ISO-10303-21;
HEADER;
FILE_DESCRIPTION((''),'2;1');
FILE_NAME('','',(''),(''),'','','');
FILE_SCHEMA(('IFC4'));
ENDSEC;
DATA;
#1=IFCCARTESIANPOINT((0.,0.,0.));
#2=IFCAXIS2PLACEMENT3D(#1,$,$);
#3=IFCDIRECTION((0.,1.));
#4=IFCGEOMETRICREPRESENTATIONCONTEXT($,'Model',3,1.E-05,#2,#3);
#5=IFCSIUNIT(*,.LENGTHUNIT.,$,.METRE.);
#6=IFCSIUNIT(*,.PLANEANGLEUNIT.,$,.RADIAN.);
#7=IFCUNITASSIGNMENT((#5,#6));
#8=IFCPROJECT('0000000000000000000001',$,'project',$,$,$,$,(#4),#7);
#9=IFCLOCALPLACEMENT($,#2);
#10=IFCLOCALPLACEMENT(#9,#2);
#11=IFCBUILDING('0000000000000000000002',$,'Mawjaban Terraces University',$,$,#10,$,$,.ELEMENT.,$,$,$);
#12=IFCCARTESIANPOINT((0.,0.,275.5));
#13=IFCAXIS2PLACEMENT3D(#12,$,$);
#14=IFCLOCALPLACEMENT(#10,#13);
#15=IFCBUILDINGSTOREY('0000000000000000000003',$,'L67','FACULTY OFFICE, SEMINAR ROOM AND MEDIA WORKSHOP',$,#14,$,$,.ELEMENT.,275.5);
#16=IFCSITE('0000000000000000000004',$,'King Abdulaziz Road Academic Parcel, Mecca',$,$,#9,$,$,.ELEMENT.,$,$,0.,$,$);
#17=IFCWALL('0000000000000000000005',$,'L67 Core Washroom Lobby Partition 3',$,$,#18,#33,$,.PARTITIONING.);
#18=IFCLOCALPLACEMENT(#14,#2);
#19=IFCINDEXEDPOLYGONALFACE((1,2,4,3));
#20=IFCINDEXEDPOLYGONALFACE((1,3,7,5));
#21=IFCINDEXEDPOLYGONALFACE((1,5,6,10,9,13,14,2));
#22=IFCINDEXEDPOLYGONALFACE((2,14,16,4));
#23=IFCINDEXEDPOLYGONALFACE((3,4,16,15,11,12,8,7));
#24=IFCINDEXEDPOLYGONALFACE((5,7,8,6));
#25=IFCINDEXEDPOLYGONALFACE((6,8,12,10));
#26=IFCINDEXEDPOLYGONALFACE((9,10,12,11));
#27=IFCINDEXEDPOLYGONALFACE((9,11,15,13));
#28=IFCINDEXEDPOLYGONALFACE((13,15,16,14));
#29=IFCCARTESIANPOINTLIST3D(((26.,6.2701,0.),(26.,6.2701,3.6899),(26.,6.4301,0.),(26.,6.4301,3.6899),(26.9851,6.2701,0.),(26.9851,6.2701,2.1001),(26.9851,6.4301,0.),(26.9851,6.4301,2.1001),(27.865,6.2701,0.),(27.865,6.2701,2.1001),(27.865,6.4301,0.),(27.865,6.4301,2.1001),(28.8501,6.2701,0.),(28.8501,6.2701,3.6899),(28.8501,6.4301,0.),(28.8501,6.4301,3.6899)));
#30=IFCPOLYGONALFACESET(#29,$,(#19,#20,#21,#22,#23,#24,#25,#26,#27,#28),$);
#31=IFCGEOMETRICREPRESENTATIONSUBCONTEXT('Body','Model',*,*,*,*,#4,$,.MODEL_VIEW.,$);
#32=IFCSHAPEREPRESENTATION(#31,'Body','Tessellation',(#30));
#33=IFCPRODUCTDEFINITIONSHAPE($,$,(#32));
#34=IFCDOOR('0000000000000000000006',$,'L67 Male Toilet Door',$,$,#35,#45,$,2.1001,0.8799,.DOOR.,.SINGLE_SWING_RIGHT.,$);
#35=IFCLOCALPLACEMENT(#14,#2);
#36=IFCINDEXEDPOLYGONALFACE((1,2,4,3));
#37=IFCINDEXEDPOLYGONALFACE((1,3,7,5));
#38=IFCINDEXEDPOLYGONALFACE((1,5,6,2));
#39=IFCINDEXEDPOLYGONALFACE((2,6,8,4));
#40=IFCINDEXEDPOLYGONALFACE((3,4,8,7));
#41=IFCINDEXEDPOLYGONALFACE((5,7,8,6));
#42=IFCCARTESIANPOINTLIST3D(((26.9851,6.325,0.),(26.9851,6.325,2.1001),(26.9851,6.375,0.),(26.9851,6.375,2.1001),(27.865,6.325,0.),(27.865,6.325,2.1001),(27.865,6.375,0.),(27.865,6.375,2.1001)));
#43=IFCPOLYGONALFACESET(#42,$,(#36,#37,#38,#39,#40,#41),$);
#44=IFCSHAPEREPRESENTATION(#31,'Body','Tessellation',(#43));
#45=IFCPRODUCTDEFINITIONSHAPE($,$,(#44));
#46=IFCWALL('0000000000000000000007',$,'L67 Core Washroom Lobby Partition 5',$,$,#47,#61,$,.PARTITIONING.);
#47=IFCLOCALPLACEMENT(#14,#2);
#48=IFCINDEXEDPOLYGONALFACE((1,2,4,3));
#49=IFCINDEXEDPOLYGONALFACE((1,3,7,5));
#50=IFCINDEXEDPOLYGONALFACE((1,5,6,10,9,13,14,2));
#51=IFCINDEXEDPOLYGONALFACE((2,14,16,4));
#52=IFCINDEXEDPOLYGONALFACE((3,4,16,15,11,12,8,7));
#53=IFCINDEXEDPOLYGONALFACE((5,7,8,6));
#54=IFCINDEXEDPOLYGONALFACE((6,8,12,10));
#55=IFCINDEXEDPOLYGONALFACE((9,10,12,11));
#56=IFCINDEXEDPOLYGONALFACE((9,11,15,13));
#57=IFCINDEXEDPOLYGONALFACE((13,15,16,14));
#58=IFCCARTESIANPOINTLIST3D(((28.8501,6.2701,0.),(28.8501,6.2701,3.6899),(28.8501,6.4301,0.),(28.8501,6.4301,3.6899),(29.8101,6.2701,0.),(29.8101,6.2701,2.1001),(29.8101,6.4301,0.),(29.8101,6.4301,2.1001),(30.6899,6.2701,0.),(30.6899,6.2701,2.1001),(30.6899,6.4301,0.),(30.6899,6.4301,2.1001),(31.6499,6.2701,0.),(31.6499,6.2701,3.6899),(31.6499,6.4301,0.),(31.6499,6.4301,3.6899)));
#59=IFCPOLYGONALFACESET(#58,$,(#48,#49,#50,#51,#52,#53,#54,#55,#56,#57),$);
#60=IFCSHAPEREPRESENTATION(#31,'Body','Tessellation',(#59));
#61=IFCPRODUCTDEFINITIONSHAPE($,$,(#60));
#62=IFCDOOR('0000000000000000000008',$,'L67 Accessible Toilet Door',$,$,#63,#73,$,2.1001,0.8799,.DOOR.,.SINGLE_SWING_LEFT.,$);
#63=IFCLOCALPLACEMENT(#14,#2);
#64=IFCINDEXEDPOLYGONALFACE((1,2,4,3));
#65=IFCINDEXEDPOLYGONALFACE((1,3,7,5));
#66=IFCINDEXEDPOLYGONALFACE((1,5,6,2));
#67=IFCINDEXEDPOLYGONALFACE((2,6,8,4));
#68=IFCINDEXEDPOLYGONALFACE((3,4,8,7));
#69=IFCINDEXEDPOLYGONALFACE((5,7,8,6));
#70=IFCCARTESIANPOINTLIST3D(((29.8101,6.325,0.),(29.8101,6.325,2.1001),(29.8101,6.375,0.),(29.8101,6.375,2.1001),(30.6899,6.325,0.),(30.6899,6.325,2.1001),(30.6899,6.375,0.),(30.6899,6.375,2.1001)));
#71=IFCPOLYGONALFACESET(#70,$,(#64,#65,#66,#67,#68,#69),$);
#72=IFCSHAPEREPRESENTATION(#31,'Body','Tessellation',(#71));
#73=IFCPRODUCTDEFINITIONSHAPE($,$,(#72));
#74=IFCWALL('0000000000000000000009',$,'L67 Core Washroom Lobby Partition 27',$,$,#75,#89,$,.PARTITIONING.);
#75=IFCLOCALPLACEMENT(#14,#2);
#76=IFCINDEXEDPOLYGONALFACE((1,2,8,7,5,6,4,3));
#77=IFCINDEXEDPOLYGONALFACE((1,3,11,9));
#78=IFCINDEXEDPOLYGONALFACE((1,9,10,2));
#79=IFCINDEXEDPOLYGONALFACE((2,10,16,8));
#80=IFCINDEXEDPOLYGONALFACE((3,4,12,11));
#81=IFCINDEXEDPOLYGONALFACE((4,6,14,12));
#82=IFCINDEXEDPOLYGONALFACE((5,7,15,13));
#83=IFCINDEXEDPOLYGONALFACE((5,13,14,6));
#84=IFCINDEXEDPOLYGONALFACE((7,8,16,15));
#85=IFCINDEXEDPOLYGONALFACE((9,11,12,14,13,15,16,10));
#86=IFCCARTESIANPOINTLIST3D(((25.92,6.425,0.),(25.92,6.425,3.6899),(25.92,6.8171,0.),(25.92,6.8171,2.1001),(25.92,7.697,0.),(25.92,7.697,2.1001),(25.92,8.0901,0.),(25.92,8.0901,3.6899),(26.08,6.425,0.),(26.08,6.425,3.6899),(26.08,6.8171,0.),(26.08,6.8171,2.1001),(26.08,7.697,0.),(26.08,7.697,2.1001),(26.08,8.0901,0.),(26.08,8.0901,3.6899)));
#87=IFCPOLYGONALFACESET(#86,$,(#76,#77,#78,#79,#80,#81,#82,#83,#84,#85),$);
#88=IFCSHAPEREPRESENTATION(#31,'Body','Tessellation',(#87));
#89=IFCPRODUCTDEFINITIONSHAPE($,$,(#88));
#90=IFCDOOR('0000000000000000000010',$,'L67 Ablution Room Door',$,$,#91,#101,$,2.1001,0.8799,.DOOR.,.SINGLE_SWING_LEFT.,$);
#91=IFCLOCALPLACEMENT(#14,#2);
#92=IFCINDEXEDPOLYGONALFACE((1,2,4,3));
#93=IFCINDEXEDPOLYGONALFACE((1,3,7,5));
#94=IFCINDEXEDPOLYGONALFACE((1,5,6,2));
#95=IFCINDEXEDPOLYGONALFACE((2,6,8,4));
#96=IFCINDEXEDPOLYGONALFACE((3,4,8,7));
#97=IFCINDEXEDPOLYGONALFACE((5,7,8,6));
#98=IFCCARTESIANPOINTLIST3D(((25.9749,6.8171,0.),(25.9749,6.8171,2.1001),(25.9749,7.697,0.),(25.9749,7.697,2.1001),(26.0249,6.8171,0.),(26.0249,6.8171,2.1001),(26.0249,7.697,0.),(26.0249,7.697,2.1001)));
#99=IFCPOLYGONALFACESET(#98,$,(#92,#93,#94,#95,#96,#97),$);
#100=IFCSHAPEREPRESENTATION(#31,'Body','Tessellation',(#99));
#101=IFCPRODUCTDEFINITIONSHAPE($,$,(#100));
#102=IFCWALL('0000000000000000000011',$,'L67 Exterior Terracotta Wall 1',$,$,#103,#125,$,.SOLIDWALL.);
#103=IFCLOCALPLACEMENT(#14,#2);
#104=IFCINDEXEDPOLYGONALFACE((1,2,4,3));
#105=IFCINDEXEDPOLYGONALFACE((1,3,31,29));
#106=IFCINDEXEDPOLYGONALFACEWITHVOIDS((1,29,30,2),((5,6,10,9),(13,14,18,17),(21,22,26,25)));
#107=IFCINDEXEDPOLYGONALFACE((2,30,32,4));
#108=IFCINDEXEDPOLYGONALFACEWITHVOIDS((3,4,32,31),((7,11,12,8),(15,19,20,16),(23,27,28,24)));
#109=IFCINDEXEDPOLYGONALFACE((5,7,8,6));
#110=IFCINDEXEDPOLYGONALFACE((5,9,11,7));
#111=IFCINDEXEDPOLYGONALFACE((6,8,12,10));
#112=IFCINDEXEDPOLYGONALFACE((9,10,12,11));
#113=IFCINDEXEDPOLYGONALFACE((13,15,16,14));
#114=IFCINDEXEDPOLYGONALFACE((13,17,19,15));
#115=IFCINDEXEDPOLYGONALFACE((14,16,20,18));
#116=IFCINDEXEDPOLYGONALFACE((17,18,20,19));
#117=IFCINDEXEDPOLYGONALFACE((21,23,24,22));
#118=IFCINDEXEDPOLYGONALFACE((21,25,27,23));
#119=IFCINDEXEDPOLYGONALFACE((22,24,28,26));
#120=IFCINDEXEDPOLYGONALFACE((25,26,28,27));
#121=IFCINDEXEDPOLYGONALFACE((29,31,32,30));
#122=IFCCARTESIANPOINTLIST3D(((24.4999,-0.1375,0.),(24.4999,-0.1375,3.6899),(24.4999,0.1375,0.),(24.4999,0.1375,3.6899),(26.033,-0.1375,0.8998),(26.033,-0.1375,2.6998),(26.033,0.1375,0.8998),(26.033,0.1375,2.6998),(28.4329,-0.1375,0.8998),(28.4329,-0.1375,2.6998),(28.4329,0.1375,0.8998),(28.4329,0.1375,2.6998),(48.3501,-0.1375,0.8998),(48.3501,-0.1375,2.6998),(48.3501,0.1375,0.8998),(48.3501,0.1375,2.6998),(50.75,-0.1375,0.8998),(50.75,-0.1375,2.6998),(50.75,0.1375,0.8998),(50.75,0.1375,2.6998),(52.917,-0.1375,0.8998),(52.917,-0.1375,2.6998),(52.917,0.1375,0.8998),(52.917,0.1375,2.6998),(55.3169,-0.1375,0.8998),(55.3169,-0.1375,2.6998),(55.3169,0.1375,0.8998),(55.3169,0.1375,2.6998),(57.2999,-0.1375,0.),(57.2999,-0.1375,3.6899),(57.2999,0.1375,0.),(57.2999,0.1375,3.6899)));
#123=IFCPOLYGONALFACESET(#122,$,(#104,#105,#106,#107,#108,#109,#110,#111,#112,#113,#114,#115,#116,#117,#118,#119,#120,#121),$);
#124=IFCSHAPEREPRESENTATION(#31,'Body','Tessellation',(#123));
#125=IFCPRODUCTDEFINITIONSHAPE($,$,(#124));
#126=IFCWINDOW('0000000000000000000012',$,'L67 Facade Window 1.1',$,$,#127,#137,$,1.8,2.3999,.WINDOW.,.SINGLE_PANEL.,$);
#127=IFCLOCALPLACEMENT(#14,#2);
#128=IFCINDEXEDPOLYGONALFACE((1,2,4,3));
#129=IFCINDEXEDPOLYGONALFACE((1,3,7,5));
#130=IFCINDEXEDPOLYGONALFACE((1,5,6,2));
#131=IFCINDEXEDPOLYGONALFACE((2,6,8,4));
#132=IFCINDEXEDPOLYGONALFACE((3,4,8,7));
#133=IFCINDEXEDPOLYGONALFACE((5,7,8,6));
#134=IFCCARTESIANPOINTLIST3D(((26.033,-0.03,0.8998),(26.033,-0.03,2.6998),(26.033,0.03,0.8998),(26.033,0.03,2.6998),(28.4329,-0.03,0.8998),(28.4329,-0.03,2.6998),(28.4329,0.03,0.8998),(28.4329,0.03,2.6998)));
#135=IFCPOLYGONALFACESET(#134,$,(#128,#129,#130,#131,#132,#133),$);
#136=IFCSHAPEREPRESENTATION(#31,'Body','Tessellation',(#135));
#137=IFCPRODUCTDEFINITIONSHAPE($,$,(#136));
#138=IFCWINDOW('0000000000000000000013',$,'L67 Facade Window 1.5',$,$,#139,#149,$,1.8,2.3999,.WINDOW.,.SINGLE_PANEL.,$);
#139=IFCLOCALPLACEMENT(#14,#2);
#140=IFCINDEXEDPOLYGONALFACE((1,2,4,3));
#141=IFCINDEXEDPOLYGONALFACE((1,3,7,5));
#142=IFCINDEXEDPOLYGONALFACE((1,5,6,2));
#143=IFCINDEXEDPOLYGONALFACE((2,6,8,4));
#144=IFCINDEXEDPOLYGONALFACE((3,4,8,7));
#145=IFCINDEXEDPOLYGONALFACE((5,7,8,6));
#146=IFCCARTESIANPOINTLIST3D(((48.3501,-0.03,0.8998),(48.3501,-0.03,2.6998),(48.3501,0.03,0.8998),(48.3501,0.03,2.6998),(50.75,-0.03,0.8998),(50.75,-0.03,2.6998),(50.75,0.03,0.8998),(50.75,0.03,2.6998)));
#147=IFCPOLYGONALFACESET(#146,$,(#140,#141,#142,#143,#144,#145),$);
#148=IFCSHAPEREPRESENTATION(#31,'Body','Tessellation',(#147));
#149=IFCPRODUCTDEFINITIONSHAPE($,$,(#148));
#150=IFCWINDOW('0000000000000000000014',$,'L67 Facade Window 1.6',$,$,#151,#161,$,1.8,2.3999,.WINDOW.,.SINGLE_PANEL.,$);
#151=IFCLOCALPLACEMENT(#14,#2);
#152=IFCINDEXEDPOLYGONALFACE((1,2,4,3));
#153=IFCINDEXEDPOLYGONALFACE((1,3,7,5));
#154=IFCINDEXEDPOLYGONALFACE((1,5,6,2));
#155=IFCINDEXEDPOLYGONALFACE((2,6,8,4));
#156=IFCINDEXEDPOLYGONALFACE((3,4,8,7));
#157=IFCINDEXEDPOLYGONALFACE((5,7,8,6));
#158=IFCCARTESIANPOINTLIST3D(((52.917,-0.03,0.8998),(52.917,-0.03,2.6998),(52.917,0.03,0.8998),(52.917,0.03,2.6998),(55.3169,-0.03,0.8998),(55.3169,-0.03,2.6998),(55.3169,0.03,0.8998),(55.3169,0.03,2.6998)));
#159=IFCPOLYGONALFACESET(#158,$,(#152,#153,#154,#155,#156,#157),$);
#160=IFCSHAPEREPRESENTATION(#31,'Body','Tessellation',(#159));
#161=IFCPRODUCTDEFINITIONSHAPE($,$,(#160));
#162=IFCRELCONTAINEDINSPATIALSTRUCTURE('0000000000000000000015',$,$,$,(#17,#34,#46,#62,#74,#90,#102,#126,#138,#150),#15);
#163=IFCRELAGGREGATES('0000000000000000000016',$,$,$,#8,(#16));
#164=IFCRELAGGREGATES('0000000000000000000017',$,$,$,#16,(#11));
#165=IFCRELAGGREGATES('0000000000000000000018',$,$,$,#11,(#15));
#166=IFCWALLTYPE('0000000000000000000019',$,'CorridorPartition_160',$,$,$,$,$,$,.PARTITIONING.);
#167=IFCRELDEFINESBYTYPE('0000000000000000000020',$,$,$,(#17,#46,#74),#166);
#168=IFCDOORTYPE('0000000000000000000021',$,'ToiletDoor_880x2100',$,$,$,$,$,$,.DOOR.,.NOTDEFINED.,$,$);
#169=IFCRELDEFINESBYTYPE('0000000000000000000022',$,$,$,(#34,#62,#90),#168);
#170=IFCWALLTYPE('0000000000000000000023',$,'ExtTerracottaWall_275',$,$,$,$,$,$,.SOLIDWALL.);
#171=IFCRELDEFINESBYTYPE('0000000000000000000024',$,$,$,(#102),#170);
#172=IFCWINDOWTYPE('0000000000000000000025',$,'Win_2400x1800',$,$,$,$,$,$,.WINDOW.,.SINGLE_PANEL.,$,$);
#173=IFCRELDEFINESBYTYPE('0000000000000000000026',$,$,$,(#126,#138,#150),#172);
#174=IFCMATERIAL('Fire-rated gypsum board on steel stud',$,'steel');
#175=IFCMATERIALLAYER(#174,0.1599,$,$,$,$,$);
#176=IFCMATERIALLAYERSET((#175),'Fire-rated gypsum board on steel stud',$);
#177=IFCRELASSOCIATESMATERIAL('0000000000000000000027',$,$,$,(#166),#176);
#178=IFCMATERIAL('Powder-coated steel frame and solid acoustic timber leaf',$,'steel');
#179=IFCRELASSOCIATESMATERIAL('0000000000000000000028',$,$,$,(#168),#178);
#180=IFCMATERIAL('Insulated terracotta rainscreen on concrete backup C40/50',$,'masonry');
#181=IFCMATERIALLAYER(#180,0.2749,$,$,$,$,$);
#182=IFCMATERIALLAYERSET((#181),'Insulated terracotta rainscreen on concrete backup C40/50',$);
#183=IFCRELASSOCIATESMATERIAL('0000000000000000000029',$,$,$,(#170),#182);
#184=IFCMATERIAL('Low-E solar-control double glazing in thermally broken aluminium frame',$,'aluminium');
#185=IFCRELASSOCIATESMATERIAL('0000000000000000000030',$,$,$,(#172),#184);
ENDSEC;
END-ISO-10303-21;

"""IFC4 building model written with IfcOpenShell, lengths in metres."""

from ifc_helpers import new_model, si_unit, direction, frame, frame_2d, origin, place, context, subcontext, project, spatial, rectangle, extrude, material, layer, layer_set, type_object, element, fill, save


model = new_model("IFC4")

# Units and contexts
model_context = context("Model", 3, precision=1e-05, world=origin(), true_north=direction((0.0, 1.0)))
body_context = subcontext(model_context, "Body", "Model", "MODEL_VIEW")
ifc_project = project(units=[si_unit("LENGTHUNIT", "METRE"), si_unit("PLANEANGLEUNIT", "RADIAN")], contexts=[model_context])

# Site, building, storey
site_placement = place(None, origin())
site = spatial("IfcSite", under=ifc_project, at=site_placement, Name="King Abdulaziz Road Academic Parcel, Mecca", CompositionType="ELEMENT", RefElevation=0.0)
building_placement = place(site_placement, origin())
building = spatial("IfcBuilding", under=site, at=building_placement, Name="Mawjaban Terraces University", CompositionType="ELEMENT")
storey_placement = place(building_placement, frame((0.0, 0.0, 275.5)))
storey = spatial("IfcBuildingStorey", under=building, at=storey_placement, Name="L67", Description="FACULTY OFFICE, SEMINAR ROOM AND MEDIA WORKSHOP", CompositionType="ELEMENT", Elevation=275.5)

# Walls, openings, doors
ifc_material_1 = material(Name="Fire-rated gypsum board on steel stud", Category="steel")
ifc_layer_1 = layer(ifc_material_1, 0.1599)
ifc_layer_set_1 = layer_set([ifc_layer_1], Name="Fire-rated gypsum board on steel stud")
wall_type_1 = type_object("IfcWallType", Name="CorridorPartition_160", PredefinedType="PARTITIONING", material=ifc_layer_set_1)
wall_1_placement = place(storey_placement, frame((26.0, 6.3501, 0.0), z_axis=(0.0, 0.0, 1.0), x_axis=(1.0, 0.0, 0.0)))
wall_1 = element("IfcWall", 1, at=wall_1_placement, inside=storey, type_object=wall_type_1, Name="L67 Core Washroom Lobby Partition 3", PredefinedType="PARTITIONING", context=body_context, shape_type="SweptSolid", body=[
    extrude(rectangle(XDim=2.8501, YDim=0.1599, at=frame_2d((1.425, 0.0))), origin(), (0.0, 0.0, 1.0), 3.6899),
])
opening_1_placement = place(wall_1_placement, frame((0.9851, 0.0, 0.0)))
opening_1 = element("IfcOpeningElement", 2, at=opening_1_placement, cuts=wall_1, PredefinedType="OPENING", context=body_context, shape_type="SweptSolid", body=[
    extrude(rectangle(XDim=0.8799, YDim=2.1001, at=frame_2d((0.4399, 1.05))), frame((0.0, 0.0898, 0.0), z_axis=(0.0, -1.0, 0.0), x_axis=(1.0, 0.0, 0.0)), (0.0, 0.0, 1.0), 0.1799),
])
ifc_material_2 = material(Name="Powder-coated steel frame and solid acoustic timber leaf", Category="steel")
door_type = type_object("IfcDoorType", Name="ToiletDoor_880x2100", OperationType="NOTDEFINED", PredefinedType="DOOR", material=ifc_material_2)
door_1_placement = place(opening_1_placement, origin())
door_1 = element("IfcDoor", 3, at=door_1_placement, inside=storey, type_object=door_type, Name="L67 Male Toilet Door", OperationType="SINGLE_SWING_RIGHT", OverallHeight=2.1001, OverallWidth=0.8799, PredefinedType="DOOR", context=body_context, shape_type="SweptSolid", body=[
    extrude(rectangle(XDim=0.8799, YDim=2.1001, at=frame_2d((0.4399, 1.05))), frame((0.0, 0.0249, 0.0), z_axis=(0.0, -1.0, 0.0), x_axis=(1.0, 0.0, 0.0)), (0.0, 0.0, 1.0), 0.05),
])
fill(opening_1, door_1)
wall_2_placement = place(storey_placement, frame((28.8501, 6.3501, 0.0), z_axis=(0.0, 0.0, 1.0), x_axis=(1.0, 0.0, 0.0)))
wall_2 = element("IfcWall", 4, at=wall_2_placement, inside=storey, type_object=wall_type_1, Name="L67 Core Washroom Lobby Partition 5", PredefinedType="PARTITIONING", context=body_context, shape_type="SweptSolid", body=[
    extrude(rectangle(XDim=2.7998, YDim=0.1599, at=frame_2d((1.3999, 0.0))), origin(), (0.0, 0.0, 1.0), 3.6899),
])
opening_2_placement = place(wall_2_placement, frame((0.96, 0.0, 0.0)))
opening_2 = element("IfcOpeningElement", 5, at=opening_2_placement, cuts=wall_2, PredefinedType="OPENING", context=body_context, shape_type="SweptSolid", body=[
    extrude(rectangle(XDim=0.8799, YDim=2.1001, at=frame_2d((0.4399, 1.05))), frame((0.0, 0.0898, 0.0), z_axis=(0.0, -1.0, 0.0), x_axis=(1.0, 0.0, 0.0)), (0.0, 0.0, 1.0), 0.1799),
])
door_2_placement = place(opening_2_placement, origin())
door_2 = element("IfcDoor", 6, at=door_2_placement, inside=storey, type_object=door_type, Name="L67 Accessible Toilet Door", OperationType="SINGLE_SWING_LEFT", OverallHeight=2.1001, OverallWidth=0.8799, PredefinedType="DOOR", context=body_context, shape_type="SweptSolid", body=[
    extrude(rectangle(XDim=0.8799, YDim=2.1001, at=frame_2d((0.4399, 1.05))), frame((0.0, 0.0249, 0.0), z_axis=(0.0, -1.0, 0.0), x_axis=(1.0, 0.0, 0.0)), (0.0, 0.0, 1.0), 0.05),
])
fill(opening_2, door_2)
wall_3_placement = place(storey_placement, frame((26.0, 8.0901, 0.0), z_axis=(0.0, 0.0, 1.0), x_axis=(0.0, -1.0, 0.0)))
wall_3 = element("IfcWall", 7, at=wall_3_placement, inside=storey, type_object=wall_type_1, Name="L67 Core Washroom Lobby Partition 27", PredefinedType="PARTITIONING", context=body_context, shape_type="SweptSolid", body=[
    extrude(rectangle(XDim=1.665, YDim=0.1599, at=frame_2d((0.8325, 0.0))), origin(), (0.0, 0.0, 1.0), 3.6899),
])
opening_3_placement = place(wall_3_placement, frame((0.3931, 0.0, 0.0)))
opening_3 = element("IfcOpeningElement", 8, at=opening_3_placement, cuts=wall_3, PredefinedType="OPENING", context=body_context, shape_type="SweptSolid", body=[
    extrude(rectangle(XDim=0.8799, YDim=2.1001, at=frame_2d((0.4399, 1.05))), frame((0.0, 0.0898, 0.0), z_axis=(0.0, -1.0, 0.0), x_axis=(1.0, 0.0, 0.0)), (0.0, 0.0, 1.0), 0.1799),
])
door_3_placement = place(opening_3_placement, origin())
door_3 = element("IfcDoor", 9, at=door_3_placement, inside=storey, type_object=door_type, Name="L67 Ablution Room Door", OperationType="SINGLE_SWING_LEFT", OverallHeight=2.1001, OverallWidth=0.8799, PredefinedType="DOOR", context=body_context, shape_type="SweptSolid", body=[
    extrude(rectangle(XDim=0.8799, YDim=2.1001, at=frame_2d((0.4399, 1.05))), frame((0.0, 0.0249, 0.0), z_axis=(0.0, -1.0, 0.0), x_axis=(1.0, 0.0, 0.0)), (0.0, 0.0, 1.0), 0.05),
])
fill(opening_3, door_3)

# Wall, openings, windows
ifc_material_3 = material(Name="Insulated terracotta rainscreen on concrete backup C40/50", Category="masonry")
ifc_layer_2 = layer(ifc_material_3, 0.2749)
ifc_layer_set_2 = layer_set([ifc_layer_2], Name="Insulated terracotta rainscreen on concrete backup C40/50")
wall_type_2 = type_object("IfcWallType", Name="ExtTerracottaWall_275", PredefinedType="SOLIDWALL", material=ifc_layer_set_2)
wall_4_placement = place(storey_placement, frame((24.5, 0.0, 0.0), z_axis=(0.0, 0.0, 1.0), x_axis=(1.0, 0.0, 0.0)))
wall_4 = element("IfcWall", 10, at=wall_4_placement, inside=storey, type_object=wall_type_2, Name="L67 Exterior Terracotta Wall 1", PredefinedType="SOLIDWALL", context=body_context, shape_type="SweptSolid", body=[
    extrude(rectangle(XDim=32.8, YDim=0.2749, at=frame_2d((16.3999, 0.0))), origin(), (0.0, 0.0, 1.0), 3.6899),
])
opening_4_placement = place(wall_4_placement, frame((1.533, 0.0, 0.8999)))
opening_4 = element("IfcOpeningElement", 11, at=opening_4_placement, cuts=wall_4, PredefinedType="OPENING", context=body_context, shape_type="SweptSolid", body=[
    extrude(rectangle(XDim=2.3999, YDim=1.8, at=frame_2d((1.2, 0.8999))), frame((0.0, 0.1475, 0.0), z_axis=(0.0, -1.0, 0.0), x_axis=(1.0, 0.0, 0.0)), (0.0, 0.0, 1.0), 0.2949),
])
opening_5_placement = place(wall_4_placement, frame((23.8501, 0.0, 0.8999)))
opening_5 = element("IfcOpeningElement", 12, at=opening_5_placement, cuts=wall_4, PredefinedType="OPENING", context=body_context, shape_type="SweptSolid", body=[
    extrude(rectangle(XDim=2.3999, YDim=1.8, at=frame_2d((1.2, 0.8999))), frame((0.0, 0.1475, 0.0), z_axis=(0.0, -1.0, 0.0), x_axis=(1.0, 0.0, 0.0)), (0.0, 0.0, 1.0), 0.2949),
])
opening_6_placement = place(wall_4_placement, frame((28.417, 0.0, 0.8999)))
opening_6 = element("IfcOpeningElement", 13, at=opening_6_placement, cuts=wall_4, PredefinedType="OPENING", context=body_context, shape_type="SweptSolid", body=[
    extrude(rectangle(XDim=2.3999, YDim=1.8, at=frame_2d((1.2, 0.8999))), frame((0.0, 0.1475, 0.0), z_axis=(0.0, -1.0, 0.0), x_axis=(1.0, 0.0, 0.0)), (0.0, 0.0, 1.0), 0.2949),
])
ifc_material_4 = material(Name="Low-E solar-control double glazing in thermally broken aluminium frame", Category="aluminium")
window_type = type_object("IfcWindowType", Name="Win_2400x1800", PartitioningType="SINGLE_PANEL", PredefinedType="WINDOW", material=ifc_material_4)
window_1_placement = place(opening_4_placement, origin())
window_1 = element("IfcWindow", 14, at=window_1_placement, inside=storey, type_object=window_type, Name="L67 Facade Window 1.1", OverallHeight=1.8, OverallWidth=2.3999, PartitioningType="SINGLE_PANEL", PredefinedType="WINDOW", context=body_context, shape_type="SweptSolid", body=[
    extrude(rectangle(XDim=2.3999, YDim=1.8, at=frame_2d((1.2, 0.8999))), frame((0.0, 0.03, 0.0), z_axis=(0.0, -1.0, 0.0), x_axis=(1.0, 0.0, 0.0)), (0.0, 0.0, 1.0), 0.0601),
])
fill(opening_4, window_1)
window_2_placement = place(opening_5_placement, origin())
window_2 = element("IfcWindow", 15, at=window_2_placement, inside=storey, type_object=window_type, Name="L67 Facade Window 1.5", OverallHeight=1.8, OverallWidth=2.3999, PartitioningType="SINGLE_PANEL", PredefinedType="WINDOW", context=body_context, shape_type="SweptSolid", body=[
    extrude(rectangle(XDim=2.3999, YDim=1.8, at=frame_2d((1.2, 0.8999))), frame((0.0, 0.03, 0.0), z_axis=(0.0, -1.0, 0.0), x_axis=(1.0, 0.0, 0.0)), (0.0, 0.0, 1.0), 0.0601),
])
fill(opening_5, window_2)
window_3_placement = place(opening_6_placement, origin())
window_3 = element("IfcWindow", 16, at=window_3_placement, inside=storey, type_object=window_type, Name="L67 Facade Window 1.6", OverallHeight=1.8, OverallWidth=2.3999, PartitioningType="SINGLE_PANEL", PredefinedType="WINDOW", context=body_context, shape_type="SweptSolid", body=[
    extrude(rectangle(XDim=2.3999, YDim=1.8, at=frame_2d((1.2, 0.8999))), frame((0.0, 0.03, 0.0), z_axis=(0.0, -1.0, 0.0), x_axis=(1.0, 0.0, 0.0)), (0.0, 0.0, 1.0), 0.0601),
])
fill(opening_6, window_3)

save(model, "model.ifc")
